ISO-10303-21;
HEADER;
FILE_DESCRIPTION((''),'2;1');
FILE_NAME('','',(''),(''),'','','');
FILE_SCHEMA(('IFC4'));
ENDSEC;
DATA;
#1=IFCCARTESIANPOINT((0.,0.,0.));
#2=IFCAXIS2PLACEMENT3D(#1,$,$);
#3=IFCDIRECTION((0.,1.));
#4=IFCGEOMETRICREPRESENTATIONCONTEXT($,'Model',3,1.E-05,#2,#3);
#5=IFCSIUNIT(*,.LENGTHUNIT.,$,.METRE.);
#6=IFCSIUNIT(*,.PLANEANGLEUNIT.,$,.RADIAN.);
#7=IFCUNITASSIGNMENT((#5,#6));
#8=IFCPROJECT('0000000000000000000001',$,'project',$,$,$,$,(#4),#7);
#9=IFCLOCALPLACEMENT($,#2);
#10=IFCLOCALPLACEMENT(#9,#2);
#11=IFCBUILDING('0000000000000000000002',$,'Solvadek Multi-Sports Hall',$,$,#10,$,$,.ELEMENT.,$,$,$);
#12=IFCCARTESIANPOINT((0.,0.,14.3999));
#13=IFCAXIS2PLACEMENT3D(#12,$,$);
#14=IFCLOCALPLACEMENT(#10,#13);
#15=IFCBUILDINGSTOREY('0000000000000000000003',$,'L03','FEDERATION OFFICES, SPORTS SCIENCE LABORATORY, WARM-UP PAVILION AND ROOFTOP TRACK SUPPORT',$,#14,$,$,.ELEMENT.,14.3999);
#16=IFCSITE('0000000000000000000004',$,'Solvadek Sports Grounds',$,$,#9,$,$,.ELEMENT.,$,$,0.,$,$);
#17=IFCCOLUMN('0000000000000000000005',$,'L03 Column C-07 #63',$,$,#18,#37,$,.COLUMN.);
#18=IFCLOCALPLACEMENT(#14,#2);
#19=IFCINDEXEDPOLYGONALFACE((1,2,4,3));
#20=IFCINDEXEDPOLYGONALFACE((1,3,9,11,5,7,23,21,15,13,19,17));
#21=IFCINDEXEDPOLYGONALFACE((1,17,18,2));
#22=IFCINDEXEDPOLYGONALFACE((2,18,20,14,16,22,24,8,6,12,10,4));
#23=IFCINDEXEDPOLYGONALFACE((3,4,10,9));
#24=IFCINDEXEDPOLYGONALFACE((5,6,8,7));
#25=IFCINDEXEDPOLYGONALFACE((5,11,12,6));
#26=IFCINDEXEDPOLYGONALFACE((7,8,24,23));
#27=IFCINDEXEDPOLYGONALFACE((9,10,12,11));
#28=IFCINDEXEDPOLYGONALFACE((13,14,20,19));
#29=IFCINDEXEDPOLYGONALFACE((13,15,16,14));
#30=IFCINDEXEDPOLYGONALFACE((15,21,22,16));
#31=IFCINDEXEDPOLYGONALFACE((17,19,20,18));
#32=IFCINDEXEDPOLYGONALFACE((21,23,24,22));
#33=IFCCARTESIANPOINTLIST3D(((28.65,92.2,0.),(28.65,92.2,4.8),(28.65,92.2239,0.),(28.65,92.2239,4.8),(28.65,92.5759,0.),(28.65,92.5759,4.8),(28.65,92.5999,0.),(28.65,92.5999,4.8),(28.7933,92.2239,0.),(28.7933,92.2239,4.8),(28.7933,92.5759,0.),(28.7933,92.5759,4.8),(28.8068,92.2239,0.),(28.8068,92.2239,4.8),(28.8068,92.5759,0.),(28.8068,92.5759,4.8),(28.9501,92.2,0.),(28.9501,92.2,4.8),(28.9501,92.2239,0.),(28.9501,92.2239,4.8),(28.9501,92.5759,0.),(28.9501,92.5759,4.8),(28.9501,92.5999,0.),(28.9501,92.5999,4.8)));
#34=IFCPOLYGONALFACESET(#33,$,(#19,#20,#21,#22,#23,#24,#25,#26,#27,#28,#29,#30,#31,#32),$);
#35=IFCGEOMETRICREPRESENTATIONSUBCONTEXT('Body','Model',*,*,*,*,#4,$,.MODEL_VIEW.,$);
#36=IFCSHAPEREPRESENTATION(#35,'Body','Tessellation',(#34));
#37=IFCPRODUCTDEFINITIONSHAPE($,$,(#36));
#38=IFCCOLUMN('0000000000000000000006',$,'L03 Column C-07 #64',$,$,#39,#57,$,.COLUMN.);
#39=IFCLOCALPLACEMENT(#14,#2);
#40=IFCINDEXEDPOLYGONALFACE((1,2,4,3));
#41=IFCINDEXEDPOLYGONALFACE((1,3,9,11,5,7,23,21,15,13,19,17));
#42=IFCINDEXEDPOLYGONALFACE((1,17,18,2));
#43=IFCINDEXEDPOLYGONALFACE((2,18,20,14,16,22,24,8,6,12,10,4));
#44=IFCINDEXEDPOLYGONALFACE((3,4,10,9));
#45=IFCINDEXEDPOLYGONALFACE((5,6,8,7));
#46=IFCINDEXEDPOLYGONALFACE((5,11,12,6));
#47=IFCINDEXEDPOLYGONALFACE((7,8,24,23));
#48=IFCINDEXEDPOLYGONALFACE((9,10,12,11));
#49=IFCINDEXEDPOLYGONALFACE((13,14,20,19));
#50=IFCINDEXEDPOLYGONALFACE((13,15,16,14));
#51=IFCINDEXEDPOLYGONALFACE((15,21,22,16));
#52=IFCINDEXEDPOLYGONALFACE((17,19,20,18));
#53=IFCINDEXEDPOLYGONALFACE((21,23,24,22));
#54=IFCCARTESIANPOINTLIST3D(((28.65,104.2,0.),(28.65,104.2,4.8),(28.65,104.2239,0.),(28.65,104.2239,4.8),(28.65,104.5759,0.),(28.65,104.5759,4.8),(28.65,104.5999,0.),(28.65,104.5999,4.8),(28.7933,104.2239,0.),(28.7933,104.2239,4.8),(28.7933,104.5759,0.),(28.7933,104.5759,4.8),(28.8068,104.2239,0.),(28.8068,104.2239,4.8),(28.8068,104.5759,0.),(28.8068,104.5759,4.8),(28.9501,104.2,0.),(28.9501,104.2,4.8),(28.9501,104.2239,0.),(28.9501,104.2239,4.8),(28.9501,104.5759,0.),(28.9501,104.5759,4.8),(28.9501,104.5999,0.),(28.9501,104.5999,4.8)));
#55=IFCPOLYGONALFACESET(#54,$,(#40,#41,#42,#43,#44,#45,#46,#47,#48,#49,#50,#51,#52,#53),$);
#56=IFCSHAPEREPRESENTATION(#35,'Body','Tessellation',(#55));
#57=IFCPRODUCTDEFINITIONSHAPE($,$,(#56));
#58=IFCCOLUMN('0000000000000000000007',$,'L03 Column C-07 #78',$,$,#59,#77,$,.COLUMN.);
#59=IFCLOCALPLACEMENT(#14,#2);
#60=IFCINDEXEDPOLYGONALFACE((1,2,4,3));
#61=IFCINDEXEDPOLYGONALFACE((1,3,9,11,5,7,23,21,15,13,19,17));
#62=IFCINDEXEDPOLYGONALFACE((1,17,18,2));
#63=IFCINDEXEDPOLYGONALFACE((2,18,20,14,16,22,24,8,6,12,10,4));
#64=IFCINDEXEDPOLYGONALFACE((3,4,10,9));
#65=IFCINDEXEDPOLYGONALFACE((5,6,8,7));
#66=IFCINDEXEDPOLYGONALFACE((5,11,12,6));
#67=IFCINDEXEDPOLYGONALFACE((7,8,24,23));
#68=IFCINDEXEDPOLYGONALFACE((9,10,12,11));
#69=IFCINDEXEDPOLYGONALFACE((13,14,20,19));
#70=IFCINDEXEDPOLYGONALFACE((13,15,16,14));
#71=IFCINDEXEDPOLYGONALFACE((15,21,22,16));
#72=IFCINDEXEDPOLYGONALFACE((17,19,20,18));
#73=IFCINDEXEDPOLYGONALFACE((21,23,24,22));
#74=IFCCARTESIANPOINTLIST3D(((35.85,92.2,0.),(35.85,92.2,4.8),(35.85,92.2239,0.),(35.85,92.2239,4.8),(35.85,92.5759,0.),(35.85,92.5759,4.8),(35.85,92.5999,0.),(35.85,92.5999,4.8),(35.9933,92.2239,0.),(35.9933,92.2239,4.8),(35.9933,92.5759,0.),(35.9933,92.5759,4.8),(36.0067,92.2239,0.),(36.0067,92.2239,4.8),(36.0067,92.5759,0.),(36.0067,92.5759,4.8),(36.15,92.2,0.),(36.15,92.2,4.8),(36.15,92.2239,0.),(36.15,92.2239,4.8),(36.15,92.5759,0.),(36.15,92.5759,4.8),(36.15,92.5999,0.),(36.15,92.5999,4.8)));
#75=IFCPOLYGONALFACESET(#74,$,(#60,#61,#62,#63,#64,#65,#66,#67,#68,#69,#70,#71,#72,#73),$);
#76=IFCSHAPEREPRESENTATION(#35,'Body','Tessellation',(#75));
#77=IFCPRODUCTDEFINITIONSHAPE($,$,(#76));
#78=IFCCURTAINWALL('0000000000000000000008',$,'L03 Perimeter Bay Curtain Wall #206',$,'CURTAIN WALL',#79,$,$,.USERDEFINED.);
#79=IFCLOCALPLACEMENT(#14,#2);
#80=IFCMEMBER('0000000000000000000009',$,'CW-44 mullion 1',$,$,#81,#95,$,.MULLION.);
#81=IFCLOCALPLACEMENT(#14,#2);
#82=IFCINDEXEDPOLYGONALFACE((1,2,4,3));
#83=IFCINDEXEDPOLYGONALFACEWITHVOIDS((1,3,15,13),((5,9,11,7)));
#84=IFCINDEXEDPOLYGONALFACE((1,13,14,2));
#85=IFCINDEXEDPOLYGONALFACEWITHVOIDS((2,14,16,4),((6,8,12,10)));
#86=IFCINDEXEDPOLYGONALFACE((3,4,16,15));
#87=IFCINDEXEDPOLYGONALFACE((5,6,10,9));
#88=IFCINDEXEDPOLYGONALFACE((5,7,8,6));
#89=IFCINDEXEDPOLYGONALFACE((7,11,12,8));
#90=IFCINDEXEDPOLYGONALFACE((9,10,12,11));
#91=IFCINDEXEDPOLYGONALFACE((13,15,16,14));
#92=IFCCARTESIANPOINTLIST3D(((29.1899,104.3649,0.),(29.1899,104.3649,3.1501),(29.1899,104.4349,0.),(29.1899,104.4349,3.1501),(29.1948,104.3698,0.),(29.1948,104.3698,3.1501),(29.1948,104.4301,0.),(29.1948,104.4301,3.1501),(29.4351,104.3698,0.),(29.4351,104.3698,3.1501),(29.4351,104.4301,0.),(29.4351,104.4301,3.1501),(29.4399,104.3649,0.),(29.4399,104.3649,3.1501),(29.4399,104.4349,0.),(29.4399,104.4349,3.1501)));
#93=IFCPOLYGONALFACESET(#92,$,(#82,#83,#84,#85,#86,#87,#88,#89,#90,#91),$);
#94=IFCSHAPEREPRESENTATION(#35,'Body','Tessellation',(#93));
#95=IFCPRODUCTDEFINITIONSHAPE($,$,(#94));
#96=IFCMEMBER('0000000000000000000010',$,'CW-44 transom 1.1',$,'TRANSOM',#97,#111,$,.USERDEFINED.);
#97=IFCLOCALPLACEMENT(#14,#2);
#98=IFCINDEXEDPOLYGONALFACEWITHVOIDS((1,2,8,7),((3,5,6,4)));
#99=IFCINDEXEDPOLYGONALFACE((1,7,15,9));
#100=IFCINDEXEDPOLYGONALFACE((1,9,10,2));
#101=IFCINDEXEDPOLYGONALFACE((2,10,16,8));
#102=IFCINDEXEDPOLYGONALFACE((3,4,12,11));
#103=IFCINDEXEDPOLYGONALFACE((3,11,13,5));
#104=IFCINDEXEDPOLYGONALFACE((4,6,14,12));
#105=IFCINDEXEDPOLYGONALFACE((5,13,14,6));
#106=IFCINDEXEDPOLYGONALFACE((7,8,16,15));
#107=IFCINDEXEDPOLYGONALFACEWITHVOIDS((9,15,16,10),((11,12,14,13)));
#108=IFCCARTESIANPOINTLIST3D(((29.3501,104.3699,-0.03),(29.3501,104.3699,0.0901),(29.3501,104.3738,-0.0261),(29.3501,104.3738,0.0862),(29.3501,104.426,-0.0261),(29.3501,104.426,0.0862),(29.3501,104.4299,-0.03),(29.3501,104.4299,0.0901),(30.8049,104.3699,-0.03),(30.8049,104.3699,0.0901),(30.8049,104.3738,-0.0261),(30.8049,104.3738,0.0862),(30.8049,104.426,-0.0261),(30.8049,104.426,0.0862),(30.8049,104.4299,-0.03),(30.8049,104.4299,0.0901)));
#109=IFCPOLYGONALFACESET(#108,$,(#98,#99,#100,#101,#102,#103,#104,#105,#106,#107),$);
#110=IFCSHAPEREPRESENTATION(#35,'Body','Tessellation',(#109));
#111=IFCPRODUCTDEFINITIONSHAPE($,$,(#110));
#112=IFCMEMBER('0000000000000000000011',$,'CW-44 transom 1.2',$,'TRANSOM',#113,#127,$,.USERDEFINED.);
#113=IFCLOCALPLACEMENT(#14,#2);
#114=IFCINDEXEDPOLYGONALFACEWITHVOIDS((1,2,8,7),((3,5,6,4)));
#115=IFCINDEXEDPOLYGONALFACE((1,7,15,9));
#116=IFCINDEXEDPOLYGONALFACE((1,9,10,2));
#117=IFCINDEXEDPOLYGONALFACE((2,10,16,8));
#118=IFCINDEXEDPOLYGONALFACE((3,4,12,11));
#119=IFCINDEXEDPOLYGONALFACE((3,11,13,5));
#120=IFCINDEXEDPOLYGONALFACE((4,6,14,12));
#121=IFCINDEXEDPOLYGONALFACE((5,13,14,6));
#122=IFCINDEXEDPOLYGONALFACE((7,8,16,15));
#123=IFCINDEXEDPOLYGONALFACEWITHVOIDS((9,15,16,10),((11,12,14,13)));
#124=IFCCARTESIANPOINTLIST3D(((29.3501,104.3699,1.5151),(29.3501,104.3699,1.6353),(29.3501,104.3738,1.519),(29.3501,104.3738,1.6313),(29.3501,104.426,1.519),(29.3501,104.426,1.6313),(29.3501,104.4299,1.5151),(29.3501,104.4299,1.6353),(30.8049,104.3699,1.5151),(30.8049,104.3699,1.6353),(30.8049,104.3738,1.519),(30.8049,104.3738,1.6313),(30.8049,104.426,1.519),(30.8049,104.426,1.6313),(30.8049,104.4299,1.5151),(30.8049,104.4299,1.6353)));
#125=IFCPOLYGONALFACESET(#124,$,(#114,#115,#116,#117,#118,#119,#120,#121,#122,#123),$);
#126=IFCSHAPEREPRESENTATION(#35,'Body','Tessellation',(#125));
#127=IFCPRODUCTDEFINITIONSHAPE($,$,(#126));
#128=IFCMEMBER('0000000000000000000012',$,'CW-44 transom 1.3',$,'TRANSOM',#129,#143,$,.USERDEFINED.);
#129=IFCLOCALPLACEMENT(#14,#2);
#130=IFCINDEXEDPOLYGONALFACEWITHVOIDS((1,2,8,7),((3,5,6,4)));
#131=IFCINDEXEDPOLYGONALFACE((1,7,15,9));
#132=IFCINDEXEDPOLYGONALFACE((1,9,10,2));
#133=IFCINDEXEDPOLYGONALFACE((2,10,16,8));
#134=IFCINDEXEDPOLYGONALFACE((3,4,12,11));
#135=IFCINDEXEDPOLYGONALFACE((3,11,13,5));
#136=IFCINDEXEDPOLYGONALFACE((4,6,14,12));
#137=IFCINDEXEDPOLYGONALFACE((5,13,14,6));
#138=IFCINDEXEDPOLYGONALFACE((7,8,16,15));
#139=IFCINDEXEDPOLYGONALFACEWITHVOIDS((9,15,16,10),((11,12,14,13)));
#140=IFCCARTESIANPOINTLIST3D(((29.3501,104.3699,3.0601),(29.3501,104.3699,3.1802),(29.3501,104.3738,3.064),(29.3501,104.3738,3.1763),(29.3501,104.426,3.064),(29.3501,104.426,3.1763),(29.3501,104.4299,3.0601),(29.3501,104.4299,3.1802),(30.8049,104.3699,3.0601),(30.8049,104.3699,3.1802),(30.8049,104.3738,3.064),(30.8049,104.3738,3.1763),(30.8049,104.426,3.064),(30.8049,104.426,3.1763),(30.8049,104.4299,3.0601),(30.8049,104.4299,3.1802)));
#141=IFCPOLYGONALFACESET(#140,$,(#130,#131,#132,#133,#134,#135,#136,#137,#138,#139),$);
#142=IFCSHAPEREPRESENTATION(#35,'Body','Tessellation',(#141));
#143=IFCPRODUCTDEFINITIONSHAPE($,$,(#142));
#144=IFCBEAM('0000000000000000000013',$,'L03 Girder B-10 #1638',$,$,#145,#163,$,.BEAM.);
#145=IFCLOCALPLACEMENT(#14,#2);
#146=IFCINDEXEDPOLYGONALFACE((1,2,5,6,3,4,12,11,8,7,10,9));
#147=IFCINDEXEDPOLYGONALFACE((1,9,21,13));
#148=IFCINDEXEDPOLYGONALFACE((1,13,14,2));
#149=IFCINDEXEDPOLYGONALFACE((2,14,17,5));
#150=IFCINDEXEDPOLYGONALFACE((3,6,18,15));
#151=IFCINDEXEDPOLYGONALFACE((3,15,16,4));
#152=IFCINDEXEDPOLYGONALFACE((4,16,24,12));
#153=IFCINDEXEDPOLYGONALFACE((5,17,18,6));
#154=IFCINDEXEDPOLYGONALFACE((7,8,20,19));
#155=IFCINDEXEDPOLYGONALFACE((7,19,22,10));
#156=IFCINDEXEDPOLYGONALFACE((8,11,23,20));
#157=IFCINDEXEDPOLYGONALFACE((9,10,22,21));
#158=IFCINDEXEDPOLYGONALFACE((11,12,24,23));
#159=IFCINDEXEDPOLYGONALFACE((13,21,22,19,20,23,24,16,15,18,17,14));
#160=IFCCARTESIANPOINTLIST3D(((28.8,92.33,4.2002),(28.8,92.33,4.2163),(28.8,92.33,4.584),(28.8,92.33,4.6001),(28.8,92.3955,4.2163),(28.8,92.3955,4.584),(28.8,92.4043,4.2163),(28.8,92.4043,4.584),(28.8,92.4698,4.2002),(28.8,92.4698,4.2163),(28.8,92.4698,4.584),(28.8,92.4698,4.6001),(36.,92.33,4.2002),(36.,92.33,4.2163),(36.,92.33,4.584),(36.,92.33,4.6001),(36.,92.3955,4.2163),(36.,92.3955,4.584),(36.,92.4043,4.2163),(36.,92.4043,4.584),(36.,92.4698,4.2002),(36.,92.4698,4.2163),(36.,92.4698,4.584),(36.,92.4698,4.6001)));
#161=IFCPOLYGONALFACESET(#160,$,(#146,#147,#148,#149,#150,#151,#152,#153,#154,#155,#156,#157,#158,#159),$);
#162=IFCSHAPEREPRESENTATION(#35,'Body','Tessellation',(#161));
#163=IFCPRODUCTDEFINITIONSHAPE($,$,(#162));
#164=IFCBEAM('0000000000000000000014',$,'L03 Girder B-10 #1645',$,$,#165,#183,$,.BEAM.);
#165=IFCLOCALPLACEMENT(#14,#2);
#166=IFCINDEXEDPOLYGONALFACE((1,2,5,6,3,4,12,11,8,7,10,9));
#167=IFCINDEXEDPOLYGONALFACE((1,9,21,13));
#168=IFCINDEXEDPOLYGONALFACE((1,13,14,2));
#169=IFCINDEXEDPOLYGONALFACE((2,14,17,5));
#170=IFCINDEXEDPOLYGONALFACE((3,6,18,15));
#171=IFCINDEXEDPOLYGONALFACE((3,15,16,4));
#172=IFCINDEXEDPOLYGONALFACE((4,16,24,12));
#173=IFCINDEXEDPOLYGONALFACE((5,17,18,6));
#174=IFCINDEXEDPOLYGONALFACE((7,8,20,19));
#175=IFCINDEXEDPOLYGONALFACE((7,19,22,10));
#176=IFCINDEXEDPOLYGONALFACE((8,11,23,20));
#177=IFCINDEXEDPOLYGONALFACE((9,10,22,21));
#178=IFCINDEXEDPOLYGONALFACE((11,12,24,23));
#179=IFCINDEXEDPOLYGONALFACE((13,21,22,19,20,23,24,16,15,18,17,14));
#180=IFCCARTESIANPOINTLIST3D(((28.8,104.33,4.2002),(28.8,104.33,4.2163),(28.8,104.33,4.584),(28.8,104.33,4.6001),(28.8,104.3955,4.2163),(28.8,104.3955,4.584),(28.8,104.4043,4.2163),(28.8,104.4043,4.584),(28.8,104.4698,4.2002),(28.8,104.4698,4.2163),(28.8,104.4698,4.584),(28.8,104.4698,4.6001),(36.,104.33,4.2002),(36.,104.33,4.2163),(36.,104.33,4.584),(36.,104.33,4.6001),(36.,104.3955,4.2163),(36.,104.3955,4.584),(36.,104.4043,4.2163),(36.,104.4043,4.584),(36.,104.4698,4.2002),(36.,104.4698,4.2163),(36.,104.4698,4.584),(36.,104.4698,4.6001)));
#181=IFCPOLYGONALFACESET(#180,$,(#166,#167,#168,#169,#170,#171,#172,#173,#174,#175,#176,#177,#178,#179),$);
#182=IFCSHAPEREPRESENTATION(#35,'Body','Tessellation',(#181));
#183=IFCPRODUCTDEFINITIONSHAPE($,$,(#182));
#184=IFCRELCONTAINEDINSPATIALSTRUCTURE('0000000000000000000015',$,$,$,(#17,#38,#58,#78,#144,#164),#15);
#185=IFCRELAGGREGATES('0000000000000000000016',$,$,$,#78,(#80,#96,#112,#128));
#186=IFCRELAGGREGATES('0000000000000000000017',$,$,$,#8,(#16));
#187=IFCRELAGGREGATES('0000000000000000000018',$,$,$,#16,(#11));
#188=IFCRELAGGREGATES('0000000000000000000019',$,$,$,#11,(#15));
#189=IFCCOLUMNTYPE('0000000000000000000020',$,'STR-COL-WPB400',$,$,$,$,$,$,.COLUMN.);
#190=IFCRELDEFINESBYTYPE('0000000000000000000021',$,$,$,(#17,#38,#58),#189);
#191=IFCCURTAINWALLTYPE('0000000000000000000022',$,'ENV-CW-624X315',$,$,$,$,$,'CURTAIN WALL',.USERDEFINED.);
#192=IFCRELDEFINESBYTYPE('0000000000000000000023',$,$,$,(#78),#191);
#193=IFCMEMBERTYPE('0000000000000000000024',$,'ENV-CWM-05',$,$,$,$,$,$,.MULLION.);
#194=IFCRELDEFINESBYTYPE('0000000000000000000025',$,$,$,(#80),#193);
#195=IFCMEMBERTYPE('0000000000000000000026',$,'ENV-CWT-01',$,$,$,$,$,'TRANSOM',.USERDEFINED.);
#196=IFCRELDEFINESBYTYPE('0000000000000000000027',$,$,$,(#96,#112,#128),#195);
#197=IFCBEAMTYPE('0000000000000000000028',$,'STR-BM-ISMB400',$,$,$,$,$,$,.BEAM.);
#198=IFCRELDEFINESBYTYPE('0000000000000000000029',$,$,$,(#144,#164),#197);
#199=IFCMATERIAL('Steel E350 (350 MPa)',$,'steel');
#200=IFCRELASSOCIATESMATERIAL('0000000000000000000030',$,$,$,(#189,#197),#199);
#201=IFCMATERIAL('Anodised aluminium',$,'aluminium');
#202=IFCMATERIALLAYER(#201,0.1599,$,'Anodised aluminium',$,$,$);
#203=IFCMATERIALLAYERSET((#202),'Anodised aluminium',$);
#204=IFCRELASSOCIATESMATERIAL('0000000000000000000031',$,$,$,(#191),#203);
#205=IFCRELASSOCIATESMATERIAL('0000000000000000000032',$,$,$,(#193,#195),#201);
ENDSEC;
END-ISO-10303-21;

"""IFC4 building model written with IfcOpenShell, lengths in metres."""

from ifc_helpers import new_model, si_unit, direction, frame, origin, origin_2d, place, context, subcontext, project, spatial, hollow_rectangle, i_section, extrude, material, layer, layer_set, material_profile, profile_set, type_object, element, aggregate, save


model = new_model("IFC4")

# Units and contexts
model_context = context("Model", 3, precision=1e-05, world=origin(), true_north=direction((0.0, 1.0)))
body_context = subcontext(model_context, "Body", "Model", "MODEL_VIEW")
ifc_project = project(units=[si_unit("LENGTHUNIT", "METRE"), si_unit("PLANEANGLEUNIT", "RADIAN")], contexts=[model_context])

# Site, building, storey
site_placement = place(None, origin())
site = spatial("IfcSite", under=ifc_project, at=site_placement, Name="Solvadek Sports Grounds", CompositionType="ELEMENT", RefElevation=0.0)
building_placement = place(site_placement, origin())
building = spatial("IfcBuilding", under=site, at=building_placement, Name="Solvadek Multi-Sports Hall", CompositionType="ELEMENT")
storey_placement = place(building_placement, frame((0.0, 0.0, 14.3999)))
storey = spatial("IfcBuildingStorey", under=building, at=storey_placement, Name="L03", Description="FEDERATION OFFICES, SPORTS SCIENCE LABORATORY, WARM-UP PAVILION AND ROOFTOP TRACK SUPPORT", CompositionType="ELEMENT", Elevation=14.3999)

# Columns
ifc_material_1 = material(Name="Steel E350 (350 MPa)", Category="steel")
ifc_material_profile_1 = material_profile(ifc_material_1, i_section(OverallWidth=0.3, OverallDepth=0.3999, WebThickness=0.0134, FlangeThickness=0.0239, at=origin_2d()), Name="WPB 400")
ifc_profile_set_1 = profile_set([ifc_material_profile_1], Name="Steel E350 (350 MPa)")
column_type = type_object("IfcColumnType", Name="STR-COL-WPB400", PredefinedType="COLUMN", material=ifc_profile_set_1)
for number, where, z_axis, x_axis, name in (
    (1, (28.8, 92.3999, 0.0), (0.0, 0.0, 1.0), (1.0, 0.0, 0.0), "L03 Column C-07 #63"),
    (2, (28.8, 104.3999, 0.0), (0.0, 0.0, 1.0), (1.0, 0.0, 0.0), "L03 Column C-07 #64"),
    (3, (36.0, 92.3999, 0.0), (0.0, 0.0, 1.0), (1.0, 0.0, 0.0), "L03 Column C-07 #78"),
):
    element("IfcColumn", number, at=place(storey_placement, frame(where, z_axis=z_axis, x_axis=x_axis)), inside=storey, type_object=column_type, Name=name, PredefinedType="COLUMN", context=body_context, shape_type="SweptSolid", body=[
        extrude(i_section(OverallWidth=0.3, OverallDepth=0.3999, WebThickness=0.0134, FlangeThickness=0.0239, at=origin_2d()), origin(), (0.0, 0.0, 1.0), 4.8),
    ])

# Curtain wall, members
ifc_material_2 = material(Name="Anodised aluminium", Category="aluminium")
ifc_layer_1 = layer(ifc_material_2, 0.1599, Name="Anodised aluminium")
ifc_layer_set_1 = layer_set([ifc_layer_1], Name="Anodised aluminium")
curtain_wall_type = type_object("IfcCurtainWallType", Name="ENV-CW-624X315", ElementType="CURTAIN WALL", PredefinedType="USERDEFINED", material=ifc_layer_set_1)
curtain_wall_placement = place(storey_placement, origin())
curtain_wall = element("IfcCurtainWall", 4, at=curtain_wall_placement, inside=storey, type_object=curtain_wall_type, Name="L03 Perimeter Bay Curtain Wall #206", ObjectType="CURTAIN WALL", PredefinedType="USERDEFINED")
ifc_material_profile_2 = material_profile(ifc_material_2, hollow_rectangle(XDim=0.0701, YDim=0.25, WallThickness=0.0049, at=origin_2d()), Name="ALU-M 250x70x5")
ifc_profile_set_2 = profile_set([ifc_material_profile_2], Name="Anodised aluminium")
member_type_1 = type_object("IfcMemberType", Name="ENV-CWM-05", PredefinedType="MULLION", material=ifc_profile_set_2)
member_1_placement = place(storey_placement, frame((29.3149, 104.3999, 0.0), z_axis=(0.0, 0.0, 1.0), x_axis=(0.0, 1.0, 0.0)))
member_1 = element("IfcMember", 5, at=member_1_placement, type_object=member_type_1, Name="CW-44 mullion 1", PredefinedType="MULLION", context=body_context, shape_type="SweptSolid", body=[
    extrude(hollow_rectangle(XDim=0.0701, YDim=0.25, WallThickness=0.0049, at=origin_2d()), origin(), (0.0, 0.0, 1.0), 3.1501),
])
ifc_material_profile_3 = material_profile(ifc_material_2, hollow_rectangle(XDim=0.0601, YDim=0.1201, WallThickness=0.0039, at=origin_2d()), Name="ALU-T 120x60x4")
ifc_profile_set_3 = profile_set([ifc_material_profile_3], Name="Anodised aluminium")
member_type_2 = type_object("IfcMemberType", Name="ENV-CWT-01", ElementType="TRANSOM", PredefinedType="USERDEFINED", material=ifc_profile_set_3)
member_2_placement = place(storey_placement, frame((29.3501, 104.3999, 0.03), z_axis=(1.0, 0.0, 0.0), x_axis=(0.0, 1.0, 0.0)))
member_2 = element("IfcMember", 6, at=member_2_placement, type_object=member_type_2, Name="CW-44 transom 1.1", ObjectType="TRANSOM", PredefinedType="USERDEFINED", context=body_context, shape_type="SweptSolid", body=[
    extrude(hollow_rectangle(XDim=0.0601, YDim=0.1201, WallThickness=0.0039, at=origin_2d()), origin(), (0.0, 0.0, 1.0), 1.4548),
])
member_3_placement = place(storey_placement, frame((29.3501, 104.3999, 1.5752), z_axis=(1.0, 0.0, 0.0), x_axis=(0.0, 1.0, 0.0)))
member_3 = element("IfcMember", 7, at=member_3_placement, type_object=member_type_2, Name="CW-44 transom 1.2", ObjectType="TRANSOM", PredefinedType="USERDEFINED", context=body_context, shape_type="SweptSolid", body=[
    extrude(hollow_rectangle(XDim=0.0601, YDim=0.1201, WallThickness=0.0039, at=origin_2d()), origin(), (0.0, 0.0, 1.0), 1.4548),
])
member_4_placement = place(storey_placement, frame((29.3501, 104.3999, 3.1201), z_axis=(1.0, 0.0, 0.0), x_axis=(0.0, 1.0, 0.0)))
member_4 = element("IfcMember", 8, at=member_4_placement, type_object=member_type_2, Name="CW-44 transom 1.3", ObjectType="TRANSOM", PredefinedType="USERDEFINED", context=body_context, shape_type="SweptSolid", body=[
    extrude(hollow_rectangle(XDim=0.0601, YDim=0.1201, WallThickness=0.0039, at=origin_2d()), origin(), (0.0, 0.0, 1.0), 1.4548),
])

# Beams
ifc_material_profile_4 = material_profile(ifc_material_1, i_section(OverallWidth=0.1399, OverallDepth=0.3999, WebThickness=0.0088, FlangeThickness=0.0161, at=origin_2d()), Name="ISMB 400")
ifc_profile_set_4 = profile_set([ifc_material_profile_4], Name="Steel E350 (350 MPa)")
beam_type_1 = type_object("IfcBeamType", Name="STR-BM-ISMB400", PredefinedType="BEAM", material=ifc_profile_set_4)
for number, where, z_axis, x_axis, name in (
    (9, (28.8, 92.3999, 4.4001), (1.0, 0.0, 0.0), (0.0, 1.0, 0.0), "L03 Girder B-10 #1638"),
    (10, (28.8, 104.3999, 4.4001), (1.0, 0.0, 0.0), (0.0, 1.0, 0.0), "L03 Girder B-10 #1645"),
):
    element("IfcBeam", number, at=place(storey_placement, frame(where, z_axis=z_axis, x_axis=x_axis)), inside=storey, type_object=beam_type_1, Name=name, PredefinedType="BEAM", context=body_context, shape_type="SweptSolid", body=[
        extrude(i_section(OverallWidth=0.1399, OverallDepth=0.3999, WebThickness=0.0088, FlangeThickness=0.0161, at=origin_2d()), origin(), (0.0, 0.0, 1.0), 7.2),
    ])

aggregate(curtain_wall, [member_1, member_2, member_3, member_4])

save(model, "model.ifc")
